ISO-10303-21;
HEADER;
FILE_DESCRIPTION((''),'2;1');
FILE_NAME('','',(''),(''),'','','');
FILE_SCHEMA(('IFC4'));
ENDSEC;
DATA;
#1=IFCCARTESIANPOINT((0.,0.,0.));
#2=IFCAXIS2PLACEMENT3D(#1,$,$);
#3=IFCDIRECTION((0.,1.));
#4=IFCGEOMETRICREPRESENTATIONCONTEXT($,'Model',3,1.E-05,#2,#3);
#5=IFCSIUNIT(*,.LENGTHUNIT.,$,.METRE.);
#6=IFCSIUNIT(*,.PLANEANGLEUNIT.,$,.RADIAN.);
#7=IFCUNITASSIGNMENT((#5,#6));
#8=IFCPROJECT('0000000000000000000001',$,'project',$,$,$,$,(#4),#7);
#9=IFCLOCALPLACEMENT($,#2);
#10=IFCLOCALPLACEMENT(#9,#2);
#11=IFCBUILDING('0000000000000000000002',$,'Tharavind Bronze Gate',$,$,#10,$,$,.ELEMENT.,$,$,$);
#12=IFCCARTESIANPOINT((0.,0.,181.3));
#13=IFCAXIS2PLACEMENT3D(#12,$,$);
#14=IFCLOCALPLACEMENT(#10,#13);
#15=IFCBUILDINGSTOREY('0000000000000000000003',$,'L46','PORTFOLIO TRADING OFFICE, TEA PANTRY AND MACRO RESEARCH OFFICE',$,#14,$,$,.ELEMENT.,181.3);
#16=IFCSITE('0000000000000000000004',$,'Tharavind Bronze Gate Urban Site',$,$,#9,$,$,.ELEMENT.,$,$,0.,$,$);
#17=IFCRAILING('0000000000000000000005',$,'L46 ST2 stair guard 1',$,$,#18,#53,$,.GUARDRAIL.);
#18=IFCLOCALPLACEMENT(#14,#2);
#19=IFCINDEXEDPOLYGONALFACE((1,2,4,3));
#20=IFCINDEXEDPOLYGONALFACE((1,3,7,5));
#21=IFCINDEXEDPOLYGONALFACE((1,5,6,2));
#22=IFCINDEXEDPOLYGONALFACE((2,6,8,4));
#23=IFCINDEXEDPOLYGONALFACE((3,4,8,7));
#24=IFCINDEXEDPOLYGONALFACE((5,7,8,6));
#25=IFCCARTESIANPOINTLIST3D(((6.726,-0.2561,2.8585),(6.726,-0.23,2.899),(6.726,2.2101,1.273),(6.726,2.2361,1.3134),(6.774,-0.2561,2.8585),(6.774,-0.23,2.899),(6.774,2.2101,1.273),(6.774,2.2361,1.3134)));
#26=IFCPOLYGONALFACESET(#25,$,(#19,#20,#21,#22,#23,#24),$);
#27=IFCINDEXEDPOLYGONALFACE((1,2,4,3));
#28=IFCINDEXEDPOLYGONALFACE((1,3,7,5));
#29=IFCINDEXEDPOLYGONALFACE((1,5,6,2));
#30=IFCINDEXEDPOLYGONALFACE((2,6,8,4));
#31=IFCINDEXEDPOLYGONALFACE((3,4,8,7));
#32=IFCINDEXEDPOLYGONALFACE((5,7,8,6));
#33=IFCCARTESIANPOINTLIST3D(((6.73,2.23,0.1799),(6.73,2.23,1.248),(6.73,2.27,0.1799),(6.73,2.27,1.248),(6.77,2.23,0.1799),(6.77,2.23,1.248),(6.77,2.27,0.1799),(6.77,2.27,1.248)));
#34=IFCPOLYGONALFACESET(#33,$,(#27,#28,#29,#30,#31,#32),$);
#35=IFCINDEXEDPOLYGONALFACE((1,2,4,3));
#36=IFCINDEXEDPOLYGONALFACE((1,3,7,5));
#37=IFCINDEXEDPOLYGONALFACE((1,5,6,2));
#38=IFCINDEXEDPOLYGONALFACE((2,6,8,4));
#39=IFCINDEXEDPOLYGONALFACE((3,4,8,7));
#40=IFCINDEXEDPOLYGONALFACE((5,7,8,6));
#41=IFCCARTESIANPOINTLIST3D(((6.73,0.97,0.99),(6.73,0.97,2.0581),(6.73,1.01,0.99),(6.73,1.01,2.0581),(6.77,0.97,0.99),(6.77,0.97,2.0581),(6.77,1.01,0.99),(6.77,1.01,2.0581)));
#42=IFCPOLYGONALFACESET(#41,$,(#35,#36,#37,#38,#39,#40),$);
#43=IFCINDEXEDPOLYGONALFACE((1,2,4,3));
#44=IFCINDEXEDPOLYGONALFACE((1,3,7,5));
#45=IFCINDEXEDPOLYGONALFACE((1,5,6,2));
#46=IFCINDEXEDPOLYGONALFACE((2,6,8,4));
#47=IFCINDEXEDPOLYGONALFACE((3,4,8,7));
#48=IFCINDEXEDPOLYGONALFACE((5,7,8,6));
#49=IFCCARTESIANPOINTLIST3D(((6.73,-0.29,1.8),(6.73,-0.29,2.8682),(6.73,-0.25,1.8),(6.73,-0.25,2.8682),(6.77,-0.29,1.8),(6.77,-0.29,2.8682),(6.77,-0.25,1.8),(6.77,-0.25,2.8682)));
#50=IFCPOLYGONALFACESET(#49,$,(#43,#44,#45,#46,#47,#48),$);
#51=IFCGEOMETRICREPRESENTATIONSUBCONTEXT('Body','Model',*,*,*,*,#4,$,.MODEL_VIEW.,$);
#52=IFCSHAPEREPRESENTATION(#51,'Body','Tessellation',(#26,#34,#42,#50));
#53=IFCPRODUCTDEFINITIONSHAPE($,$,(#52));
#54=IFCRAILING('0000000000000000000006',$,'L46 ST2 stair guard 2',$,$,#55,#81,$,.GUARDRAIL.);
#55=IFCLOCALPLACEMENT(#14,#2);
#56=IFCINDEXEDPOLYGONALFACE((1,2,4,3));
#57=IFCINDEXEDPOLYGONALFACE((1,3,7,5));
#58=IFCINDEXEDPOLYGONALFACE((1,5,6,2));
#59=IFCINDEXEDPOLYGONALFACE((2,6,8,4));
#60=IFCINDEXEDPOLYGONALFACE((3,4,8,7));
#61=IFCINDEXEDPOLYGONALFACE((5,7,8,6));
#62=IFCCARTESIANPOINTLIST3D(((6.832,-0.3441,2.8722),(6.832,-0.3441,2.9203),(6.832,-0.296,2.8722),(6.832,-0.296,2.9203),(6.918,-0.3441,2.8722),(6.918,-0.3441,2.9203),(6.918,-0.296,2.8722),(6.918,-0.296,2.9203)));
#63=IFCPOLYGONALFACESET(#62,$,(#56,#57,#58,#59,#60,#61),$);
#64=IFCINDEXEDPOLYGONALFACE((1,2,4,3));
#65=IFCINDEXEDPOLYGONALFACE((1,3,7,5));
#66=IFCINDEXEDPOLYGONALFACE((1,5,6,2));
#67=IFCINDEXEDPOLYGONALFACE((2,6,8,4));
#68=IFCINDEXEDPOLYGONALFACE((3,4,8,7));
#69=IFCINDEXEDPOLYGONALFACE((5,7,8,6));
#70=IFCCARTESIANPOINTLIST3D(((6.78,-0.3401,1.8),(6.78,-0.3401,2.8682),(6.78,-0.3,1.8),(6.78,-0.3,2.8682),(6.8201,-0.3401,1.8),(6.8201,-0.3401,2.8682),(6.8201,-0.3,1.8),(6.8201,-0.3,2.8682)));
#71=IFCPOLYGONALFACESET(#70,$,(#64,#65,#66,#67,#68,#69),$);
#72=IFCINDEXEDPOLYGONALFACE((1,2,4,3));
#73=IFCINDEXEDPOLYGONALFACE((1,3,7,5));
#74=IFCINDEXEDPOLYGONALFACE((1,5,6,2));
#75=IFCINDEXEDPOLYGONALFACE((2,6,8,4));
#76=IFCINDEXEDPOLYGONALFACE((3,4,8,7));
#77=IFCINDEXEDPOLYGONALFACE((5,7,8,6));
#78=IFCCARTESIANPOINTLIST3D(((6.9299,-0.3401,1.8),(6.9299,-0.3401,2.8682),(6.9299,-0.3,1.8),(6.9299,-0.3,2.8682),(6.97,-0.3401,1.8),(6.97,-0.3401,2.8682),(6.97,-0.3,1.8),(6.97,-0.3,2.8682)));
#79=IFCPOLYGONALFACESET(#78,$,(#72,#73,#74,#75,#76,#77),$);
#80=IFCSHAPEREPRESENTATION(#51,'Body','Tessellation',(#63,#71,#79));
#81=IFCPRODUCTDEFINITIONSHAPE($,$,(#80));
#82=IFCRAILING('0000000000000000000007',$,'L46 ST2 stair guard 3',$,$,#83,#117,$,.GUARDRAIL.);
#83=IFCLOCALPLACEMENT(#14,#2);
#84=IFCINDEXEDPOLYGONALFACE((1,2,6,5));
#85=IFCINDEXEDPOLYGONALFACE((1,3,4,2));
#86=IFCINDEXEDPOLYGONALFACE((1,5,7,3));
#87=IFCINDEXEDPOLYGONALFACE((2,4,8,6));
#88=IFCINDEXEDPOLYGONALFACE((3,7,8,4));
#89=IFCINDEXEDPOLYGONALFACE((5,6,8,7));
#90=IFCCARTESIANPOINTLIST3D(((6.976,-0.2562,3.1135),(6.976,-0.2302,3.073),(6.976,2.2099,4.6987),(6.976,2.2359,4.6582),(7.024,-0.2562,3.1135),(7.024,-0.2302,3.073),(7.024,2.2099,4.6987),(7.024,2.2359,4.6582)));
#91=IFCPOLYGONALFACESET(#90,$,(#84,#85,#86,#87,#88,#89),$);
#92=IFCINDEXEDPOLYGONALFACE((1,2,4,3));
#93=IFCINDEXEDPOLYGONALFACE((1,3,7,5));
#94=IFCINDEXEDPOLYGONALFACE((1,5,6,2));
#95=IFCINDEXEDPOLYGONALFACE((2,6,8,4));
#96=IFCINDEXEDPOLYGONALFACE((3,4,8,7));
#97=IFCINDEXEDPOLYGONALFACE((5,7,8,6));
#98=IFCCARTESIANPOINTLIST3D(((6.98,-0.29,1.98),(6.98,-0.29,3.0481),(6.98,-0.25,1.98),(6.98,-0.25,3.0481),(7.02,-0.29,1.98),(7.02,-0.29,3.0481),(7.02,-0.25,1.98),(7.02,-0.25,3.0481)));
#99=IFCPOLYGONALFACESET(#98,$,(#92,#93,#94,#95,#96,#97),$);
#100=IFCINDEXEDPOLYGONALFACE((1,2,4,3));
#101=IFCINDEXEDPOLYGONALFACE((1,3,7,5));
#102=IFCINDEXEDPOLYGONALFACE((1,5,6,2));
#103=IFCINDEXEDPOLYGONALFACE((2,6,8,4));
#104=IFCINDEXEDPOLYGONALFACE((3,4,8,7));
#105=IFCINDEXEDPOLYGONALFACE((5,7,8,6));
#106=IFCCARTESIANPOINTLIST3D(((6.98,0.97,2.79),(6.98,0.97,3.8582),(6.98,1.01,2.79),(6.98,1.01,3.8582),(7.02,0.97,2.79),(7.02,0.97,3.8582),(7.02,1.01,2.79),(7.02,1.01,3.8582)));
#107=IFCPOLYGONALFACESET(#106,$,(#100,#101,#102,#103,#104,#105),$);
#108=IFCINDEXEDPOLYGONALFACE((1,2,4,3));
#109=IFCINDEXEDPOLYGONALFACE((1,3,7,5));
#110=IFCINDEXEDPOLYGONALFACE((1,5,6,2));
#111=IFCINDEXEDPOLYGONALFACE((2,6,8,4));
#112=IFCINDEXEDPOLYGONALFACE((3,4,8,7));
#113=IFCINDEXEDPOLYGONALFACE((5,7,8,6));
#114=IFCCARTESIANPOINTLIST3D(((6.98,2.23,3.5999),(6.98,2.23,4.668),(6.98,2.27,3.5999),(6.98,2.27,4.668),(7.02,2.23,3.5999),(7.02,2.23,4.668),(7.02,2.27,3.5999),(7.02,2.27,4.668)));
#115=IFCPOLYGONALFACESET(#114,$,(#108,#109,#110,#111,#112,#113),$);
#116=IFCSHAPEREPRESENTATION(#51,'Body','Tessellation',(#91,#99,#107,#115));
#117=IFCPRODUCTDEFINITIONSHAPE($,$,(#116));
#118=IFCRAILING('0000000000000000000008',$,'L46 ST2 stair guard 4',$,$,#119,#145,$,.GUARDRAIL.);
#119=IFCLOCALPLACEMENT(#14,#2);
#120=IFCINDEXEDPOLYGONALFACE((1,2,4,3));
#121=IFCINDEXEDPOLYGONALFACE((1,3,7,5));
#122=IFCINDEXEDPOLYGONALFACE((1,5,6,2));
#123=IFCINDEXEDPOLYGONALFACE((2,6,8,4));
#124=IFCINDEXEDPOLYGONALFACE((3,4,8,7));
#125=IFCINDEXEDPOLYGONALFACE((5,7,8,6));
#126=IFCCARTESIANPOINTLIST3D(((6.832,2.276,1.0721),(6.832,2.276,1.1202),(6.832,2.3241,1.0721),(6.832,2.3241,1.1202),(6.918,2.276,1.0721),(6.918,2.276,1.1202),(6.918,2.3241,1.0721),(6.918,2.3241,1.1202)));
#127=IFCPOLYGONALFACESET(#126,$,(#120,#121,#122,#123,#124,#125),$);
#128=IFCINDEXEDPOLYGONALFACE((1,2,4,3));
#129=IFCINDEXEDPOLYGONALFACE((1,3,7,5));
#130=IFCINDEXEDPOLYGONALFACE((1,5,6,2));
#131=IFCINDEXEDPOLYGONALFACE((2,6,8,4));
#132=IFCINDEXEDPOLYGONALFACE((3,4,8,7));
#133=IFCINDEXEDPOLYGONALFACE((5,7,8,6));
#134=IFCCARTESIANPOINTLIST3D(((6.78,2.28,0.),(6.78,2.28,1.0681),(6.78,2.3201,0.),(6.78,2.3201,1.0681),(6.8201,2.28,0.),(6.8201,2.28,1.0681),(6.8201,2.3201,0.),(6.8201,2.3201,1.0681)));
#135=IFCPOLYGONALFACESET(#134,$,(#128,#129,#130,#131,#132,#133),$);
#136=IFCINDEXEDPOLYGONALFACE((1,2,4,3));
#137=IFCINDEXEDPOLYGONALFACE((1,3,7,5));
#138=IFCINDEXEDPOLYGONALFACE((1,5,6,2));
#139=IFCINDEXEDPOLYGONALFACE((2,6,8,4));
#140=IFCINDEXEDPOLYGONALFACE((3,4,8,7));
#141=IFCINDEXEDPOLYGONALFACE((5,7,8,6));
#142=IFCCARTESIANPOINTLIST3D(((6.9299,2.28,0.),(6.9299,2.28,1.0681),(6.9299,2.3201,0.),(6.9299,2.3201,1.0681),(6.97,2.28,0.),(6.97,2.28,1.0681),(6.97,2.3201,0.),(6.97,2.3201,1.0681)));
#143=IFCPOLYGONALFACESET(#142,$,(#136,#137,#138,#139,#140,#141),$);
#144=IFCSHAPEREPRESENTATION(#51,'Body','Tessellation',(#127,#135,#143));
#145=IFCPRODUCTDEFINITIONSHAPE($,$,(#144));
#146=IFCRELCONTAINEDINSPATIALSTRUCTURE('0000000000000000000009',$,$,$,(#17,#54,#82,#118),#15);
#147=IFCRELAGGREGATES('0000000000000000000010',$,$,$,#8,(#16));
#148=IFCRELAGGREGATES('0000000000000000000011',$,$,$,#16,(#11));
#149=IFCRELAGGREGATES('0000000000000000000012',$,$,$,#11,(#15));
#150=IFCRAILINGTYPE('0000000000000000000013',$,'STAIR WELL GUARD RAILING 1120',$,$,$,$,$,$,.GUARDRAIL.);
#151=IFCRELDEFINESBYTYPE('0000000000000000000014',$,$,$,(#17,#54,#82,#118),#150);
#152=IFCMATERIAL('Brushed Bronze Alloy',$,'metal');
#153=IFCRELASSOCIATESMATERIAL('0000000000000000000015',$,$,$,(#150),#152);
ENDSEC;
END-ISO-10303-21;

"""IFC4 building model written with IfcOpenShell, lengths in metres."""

from ifc_helpers import new_model, si_unit, direction, frame, origin, origin_2d, place, context, subcontext, project, spatial, rectangle, extrude, material, type_object, element, save


model = new_model("IFC4")

# Units and contexts
model_context = context("Model", 3, precision=1e-05, world=origin(), true_north=direction((0.0, 1.0)))
body_context = subcontext(model_context, "Body", "Model", "MODEL_VIEW")
ifc_project = project(units=[si_unit("LENGTHUNIT", "METRE"), si_unit("PLANEANGLEUNIT", "RADIAN")], contexts=[model_context])

# Site, building, storey
site_placement = place(None, origin())
site = spatial("IfcSite", under=ifc_project, at=site_placement, Name="Tharavind Bronze Gate Urban Site", CompositionType="ELEMENT", RefElevation=0.0)
building_placement = place(site_placement, origin())
building = spatial("IfcBuilding", under=site, at=building_placement, Name="Tharavind Bronze Gate", CompositionType="ELEMENT")
storey_placement = place(building_placement, frame((0.0, 0.0, 181.3)))
storey = spatial("IfcBuildingStorey", under=building, at=storey_placement, Name="L46", Description="PORTFOLIO TRADING OFFICE, TEA PANTRY AND MACRO RESEARCH OFFICE", CompositionType="ELEMENT", Elevation=181.3)

# Railings
ifc_material_1 = material(Name="Brushed Bronze Alloy", Category="metal")
railing_type_1 = type_object("IfcRailingType", Name="STAIR WELL GUARD RAILING 1120", PredefinedType="GUARDRAIL", material=ifc_material_1)
railing_1_placement = place(storey_placement, frame((6.75, 2.25, 0.1799)))
element("IfcRailing", 1, at=railing_1_placement, inside=storey, type_object=railing_type_1, Name="L46 ST2 stair guard 1", PredefinedType="GUARDRAIL", context=body_context, shape_type="SweptSolid", body=[
    extrude(rectangle(XDim=0.0481, YDim=0.0481, at=origin_2d()), frame((0.0, -0.0269, 1.1133), z_axis=(0.0, -0.841163, 0.540782), x_axis=(1.0, 0.0, 0.0)), (0.0, 0.0, 1.0), 2.9319),
    extrude(rectangle(XDim=0.04, YDim=0.04, at=origin_2d()), origin(), (0.0, 0.0, 1.0), 1.0681),
    extrude(rectangle(XDim=0.04, YDim=0.04, at=origin_2d()), frame((0.0, -1.26, 0.8101)), (0.0, 0.0, 1.0), 1.0681),
    extrude(rectangle(XDim=0.04, YDim=0.04, at=origin_2d()), frame((0.0, -2.52, 1.6201)), (0.0, 0.0, 1.0), 1.0681),
])
railing_2_placement = place(storey_placement, frame((6.8, -0.3201, 1.8)))
element("IfcRailing", 2, at=railing_2_placement, inside=storey, type_object=railing_type_1, Name="L46 ST2 stair guard 2", PredefinedType="GUARDRAIL", context=body_context, shape_type="SweptSolid", body=[
    extrude(rectangle(XDim=0.0481, YDim=0.0481, at=origin_2d()), frame((0.032, 0.0, 1.0962), z_axis=(1.0, 0.0, 0.0), x_axis=(0.0, 1.0, 0.0)), (0.0, 0.0, 1.0), 0.0859),
    extrude(rectangle(XDim=0.04, YDim=0.04, at=origin_2d()), origin(), (0.0, 0.0, 1.0), 1.0681),
    extrude(rectangle(XDim=0.04, YDim=0.04, at=origin_2d()), frame((0.1499, 0.0, 0.0)), (0.0, 0.0, 1.0), 1.0681),
])
railing_3_placement = place(storey_placement, frame((7.0, -0.27, 1.98)))
element("IfcRailing", 3, at=railing_3_placement, inside=storey, type_object=railing_type_1, Name="L46 ST2 stair guard 3", PredefinedType="GUARDRAIL", context=body_context, shape_type="SweptSolid", body=[
    extrude(rectangle(XDim=0.0481, YDim=0.0481, at=origin_2d()), frame((0.0, 0.0269, 1.1133), z_axis=(0.0, 0.8412, 0.540725), x_axis=(-1.0, 0.0, 0.0)), (0.0, 0.0, 1.0), 2.9316),
    extrude(rectangle(XDim=0.04, YDim=0.04, at=origin_2d()), origin(), (0.0, 0.0, 1.0), 1.0681),
    extrude(rectangle(XDim=0.04, YDim=0.04, at=origin_2d()), frame((0.0, 1.26, 0.8101)), (0.0, 0.0, 1.0), 1.0681),
    extrude(rectangle(XDim=0.04, YDim=0.04, at=origin_2d()), frame((0.0, 2.52, 1.6199)), (0.0, 0.0, 1.0), 1.0681),
])
railing_4_placement = place(storey_placement, frame((6.8, 2.3, 0.0)))
element("IfcRailing", 4, at=railing_4_placement, inside=storey, type_object=railing_type_1, Name="L46 ST2 stair guard 4", PredefinedType="GUARDRAIL", context=body_context, shape_type="SweptSolid", body=[
    extrude(rectangle(XDim=0.0481, YDim=0.0481, at=origin_2d()), frame((0.032, 0.0, 1.0962), z_axis=(1.0, 0.0, 0.0), x_axis=(0.0, 1.0, 0.0)), (0.0, 0.0, 1.0), 0.0859),
    extrude(rectangle(XDim=0.04, YDim=0.04, at=origin_2d()), origin(), (0.0, 0.0, 1.0), 1.0681),
    extrude(rectangle(XDim=0.04, YDim=0.04, at=origin_2d()), frame((0.1499, 0.0, 0.0)), (0.0, 0.0, 1.0), 1.0681),
])

save(model, "model.ifc")
